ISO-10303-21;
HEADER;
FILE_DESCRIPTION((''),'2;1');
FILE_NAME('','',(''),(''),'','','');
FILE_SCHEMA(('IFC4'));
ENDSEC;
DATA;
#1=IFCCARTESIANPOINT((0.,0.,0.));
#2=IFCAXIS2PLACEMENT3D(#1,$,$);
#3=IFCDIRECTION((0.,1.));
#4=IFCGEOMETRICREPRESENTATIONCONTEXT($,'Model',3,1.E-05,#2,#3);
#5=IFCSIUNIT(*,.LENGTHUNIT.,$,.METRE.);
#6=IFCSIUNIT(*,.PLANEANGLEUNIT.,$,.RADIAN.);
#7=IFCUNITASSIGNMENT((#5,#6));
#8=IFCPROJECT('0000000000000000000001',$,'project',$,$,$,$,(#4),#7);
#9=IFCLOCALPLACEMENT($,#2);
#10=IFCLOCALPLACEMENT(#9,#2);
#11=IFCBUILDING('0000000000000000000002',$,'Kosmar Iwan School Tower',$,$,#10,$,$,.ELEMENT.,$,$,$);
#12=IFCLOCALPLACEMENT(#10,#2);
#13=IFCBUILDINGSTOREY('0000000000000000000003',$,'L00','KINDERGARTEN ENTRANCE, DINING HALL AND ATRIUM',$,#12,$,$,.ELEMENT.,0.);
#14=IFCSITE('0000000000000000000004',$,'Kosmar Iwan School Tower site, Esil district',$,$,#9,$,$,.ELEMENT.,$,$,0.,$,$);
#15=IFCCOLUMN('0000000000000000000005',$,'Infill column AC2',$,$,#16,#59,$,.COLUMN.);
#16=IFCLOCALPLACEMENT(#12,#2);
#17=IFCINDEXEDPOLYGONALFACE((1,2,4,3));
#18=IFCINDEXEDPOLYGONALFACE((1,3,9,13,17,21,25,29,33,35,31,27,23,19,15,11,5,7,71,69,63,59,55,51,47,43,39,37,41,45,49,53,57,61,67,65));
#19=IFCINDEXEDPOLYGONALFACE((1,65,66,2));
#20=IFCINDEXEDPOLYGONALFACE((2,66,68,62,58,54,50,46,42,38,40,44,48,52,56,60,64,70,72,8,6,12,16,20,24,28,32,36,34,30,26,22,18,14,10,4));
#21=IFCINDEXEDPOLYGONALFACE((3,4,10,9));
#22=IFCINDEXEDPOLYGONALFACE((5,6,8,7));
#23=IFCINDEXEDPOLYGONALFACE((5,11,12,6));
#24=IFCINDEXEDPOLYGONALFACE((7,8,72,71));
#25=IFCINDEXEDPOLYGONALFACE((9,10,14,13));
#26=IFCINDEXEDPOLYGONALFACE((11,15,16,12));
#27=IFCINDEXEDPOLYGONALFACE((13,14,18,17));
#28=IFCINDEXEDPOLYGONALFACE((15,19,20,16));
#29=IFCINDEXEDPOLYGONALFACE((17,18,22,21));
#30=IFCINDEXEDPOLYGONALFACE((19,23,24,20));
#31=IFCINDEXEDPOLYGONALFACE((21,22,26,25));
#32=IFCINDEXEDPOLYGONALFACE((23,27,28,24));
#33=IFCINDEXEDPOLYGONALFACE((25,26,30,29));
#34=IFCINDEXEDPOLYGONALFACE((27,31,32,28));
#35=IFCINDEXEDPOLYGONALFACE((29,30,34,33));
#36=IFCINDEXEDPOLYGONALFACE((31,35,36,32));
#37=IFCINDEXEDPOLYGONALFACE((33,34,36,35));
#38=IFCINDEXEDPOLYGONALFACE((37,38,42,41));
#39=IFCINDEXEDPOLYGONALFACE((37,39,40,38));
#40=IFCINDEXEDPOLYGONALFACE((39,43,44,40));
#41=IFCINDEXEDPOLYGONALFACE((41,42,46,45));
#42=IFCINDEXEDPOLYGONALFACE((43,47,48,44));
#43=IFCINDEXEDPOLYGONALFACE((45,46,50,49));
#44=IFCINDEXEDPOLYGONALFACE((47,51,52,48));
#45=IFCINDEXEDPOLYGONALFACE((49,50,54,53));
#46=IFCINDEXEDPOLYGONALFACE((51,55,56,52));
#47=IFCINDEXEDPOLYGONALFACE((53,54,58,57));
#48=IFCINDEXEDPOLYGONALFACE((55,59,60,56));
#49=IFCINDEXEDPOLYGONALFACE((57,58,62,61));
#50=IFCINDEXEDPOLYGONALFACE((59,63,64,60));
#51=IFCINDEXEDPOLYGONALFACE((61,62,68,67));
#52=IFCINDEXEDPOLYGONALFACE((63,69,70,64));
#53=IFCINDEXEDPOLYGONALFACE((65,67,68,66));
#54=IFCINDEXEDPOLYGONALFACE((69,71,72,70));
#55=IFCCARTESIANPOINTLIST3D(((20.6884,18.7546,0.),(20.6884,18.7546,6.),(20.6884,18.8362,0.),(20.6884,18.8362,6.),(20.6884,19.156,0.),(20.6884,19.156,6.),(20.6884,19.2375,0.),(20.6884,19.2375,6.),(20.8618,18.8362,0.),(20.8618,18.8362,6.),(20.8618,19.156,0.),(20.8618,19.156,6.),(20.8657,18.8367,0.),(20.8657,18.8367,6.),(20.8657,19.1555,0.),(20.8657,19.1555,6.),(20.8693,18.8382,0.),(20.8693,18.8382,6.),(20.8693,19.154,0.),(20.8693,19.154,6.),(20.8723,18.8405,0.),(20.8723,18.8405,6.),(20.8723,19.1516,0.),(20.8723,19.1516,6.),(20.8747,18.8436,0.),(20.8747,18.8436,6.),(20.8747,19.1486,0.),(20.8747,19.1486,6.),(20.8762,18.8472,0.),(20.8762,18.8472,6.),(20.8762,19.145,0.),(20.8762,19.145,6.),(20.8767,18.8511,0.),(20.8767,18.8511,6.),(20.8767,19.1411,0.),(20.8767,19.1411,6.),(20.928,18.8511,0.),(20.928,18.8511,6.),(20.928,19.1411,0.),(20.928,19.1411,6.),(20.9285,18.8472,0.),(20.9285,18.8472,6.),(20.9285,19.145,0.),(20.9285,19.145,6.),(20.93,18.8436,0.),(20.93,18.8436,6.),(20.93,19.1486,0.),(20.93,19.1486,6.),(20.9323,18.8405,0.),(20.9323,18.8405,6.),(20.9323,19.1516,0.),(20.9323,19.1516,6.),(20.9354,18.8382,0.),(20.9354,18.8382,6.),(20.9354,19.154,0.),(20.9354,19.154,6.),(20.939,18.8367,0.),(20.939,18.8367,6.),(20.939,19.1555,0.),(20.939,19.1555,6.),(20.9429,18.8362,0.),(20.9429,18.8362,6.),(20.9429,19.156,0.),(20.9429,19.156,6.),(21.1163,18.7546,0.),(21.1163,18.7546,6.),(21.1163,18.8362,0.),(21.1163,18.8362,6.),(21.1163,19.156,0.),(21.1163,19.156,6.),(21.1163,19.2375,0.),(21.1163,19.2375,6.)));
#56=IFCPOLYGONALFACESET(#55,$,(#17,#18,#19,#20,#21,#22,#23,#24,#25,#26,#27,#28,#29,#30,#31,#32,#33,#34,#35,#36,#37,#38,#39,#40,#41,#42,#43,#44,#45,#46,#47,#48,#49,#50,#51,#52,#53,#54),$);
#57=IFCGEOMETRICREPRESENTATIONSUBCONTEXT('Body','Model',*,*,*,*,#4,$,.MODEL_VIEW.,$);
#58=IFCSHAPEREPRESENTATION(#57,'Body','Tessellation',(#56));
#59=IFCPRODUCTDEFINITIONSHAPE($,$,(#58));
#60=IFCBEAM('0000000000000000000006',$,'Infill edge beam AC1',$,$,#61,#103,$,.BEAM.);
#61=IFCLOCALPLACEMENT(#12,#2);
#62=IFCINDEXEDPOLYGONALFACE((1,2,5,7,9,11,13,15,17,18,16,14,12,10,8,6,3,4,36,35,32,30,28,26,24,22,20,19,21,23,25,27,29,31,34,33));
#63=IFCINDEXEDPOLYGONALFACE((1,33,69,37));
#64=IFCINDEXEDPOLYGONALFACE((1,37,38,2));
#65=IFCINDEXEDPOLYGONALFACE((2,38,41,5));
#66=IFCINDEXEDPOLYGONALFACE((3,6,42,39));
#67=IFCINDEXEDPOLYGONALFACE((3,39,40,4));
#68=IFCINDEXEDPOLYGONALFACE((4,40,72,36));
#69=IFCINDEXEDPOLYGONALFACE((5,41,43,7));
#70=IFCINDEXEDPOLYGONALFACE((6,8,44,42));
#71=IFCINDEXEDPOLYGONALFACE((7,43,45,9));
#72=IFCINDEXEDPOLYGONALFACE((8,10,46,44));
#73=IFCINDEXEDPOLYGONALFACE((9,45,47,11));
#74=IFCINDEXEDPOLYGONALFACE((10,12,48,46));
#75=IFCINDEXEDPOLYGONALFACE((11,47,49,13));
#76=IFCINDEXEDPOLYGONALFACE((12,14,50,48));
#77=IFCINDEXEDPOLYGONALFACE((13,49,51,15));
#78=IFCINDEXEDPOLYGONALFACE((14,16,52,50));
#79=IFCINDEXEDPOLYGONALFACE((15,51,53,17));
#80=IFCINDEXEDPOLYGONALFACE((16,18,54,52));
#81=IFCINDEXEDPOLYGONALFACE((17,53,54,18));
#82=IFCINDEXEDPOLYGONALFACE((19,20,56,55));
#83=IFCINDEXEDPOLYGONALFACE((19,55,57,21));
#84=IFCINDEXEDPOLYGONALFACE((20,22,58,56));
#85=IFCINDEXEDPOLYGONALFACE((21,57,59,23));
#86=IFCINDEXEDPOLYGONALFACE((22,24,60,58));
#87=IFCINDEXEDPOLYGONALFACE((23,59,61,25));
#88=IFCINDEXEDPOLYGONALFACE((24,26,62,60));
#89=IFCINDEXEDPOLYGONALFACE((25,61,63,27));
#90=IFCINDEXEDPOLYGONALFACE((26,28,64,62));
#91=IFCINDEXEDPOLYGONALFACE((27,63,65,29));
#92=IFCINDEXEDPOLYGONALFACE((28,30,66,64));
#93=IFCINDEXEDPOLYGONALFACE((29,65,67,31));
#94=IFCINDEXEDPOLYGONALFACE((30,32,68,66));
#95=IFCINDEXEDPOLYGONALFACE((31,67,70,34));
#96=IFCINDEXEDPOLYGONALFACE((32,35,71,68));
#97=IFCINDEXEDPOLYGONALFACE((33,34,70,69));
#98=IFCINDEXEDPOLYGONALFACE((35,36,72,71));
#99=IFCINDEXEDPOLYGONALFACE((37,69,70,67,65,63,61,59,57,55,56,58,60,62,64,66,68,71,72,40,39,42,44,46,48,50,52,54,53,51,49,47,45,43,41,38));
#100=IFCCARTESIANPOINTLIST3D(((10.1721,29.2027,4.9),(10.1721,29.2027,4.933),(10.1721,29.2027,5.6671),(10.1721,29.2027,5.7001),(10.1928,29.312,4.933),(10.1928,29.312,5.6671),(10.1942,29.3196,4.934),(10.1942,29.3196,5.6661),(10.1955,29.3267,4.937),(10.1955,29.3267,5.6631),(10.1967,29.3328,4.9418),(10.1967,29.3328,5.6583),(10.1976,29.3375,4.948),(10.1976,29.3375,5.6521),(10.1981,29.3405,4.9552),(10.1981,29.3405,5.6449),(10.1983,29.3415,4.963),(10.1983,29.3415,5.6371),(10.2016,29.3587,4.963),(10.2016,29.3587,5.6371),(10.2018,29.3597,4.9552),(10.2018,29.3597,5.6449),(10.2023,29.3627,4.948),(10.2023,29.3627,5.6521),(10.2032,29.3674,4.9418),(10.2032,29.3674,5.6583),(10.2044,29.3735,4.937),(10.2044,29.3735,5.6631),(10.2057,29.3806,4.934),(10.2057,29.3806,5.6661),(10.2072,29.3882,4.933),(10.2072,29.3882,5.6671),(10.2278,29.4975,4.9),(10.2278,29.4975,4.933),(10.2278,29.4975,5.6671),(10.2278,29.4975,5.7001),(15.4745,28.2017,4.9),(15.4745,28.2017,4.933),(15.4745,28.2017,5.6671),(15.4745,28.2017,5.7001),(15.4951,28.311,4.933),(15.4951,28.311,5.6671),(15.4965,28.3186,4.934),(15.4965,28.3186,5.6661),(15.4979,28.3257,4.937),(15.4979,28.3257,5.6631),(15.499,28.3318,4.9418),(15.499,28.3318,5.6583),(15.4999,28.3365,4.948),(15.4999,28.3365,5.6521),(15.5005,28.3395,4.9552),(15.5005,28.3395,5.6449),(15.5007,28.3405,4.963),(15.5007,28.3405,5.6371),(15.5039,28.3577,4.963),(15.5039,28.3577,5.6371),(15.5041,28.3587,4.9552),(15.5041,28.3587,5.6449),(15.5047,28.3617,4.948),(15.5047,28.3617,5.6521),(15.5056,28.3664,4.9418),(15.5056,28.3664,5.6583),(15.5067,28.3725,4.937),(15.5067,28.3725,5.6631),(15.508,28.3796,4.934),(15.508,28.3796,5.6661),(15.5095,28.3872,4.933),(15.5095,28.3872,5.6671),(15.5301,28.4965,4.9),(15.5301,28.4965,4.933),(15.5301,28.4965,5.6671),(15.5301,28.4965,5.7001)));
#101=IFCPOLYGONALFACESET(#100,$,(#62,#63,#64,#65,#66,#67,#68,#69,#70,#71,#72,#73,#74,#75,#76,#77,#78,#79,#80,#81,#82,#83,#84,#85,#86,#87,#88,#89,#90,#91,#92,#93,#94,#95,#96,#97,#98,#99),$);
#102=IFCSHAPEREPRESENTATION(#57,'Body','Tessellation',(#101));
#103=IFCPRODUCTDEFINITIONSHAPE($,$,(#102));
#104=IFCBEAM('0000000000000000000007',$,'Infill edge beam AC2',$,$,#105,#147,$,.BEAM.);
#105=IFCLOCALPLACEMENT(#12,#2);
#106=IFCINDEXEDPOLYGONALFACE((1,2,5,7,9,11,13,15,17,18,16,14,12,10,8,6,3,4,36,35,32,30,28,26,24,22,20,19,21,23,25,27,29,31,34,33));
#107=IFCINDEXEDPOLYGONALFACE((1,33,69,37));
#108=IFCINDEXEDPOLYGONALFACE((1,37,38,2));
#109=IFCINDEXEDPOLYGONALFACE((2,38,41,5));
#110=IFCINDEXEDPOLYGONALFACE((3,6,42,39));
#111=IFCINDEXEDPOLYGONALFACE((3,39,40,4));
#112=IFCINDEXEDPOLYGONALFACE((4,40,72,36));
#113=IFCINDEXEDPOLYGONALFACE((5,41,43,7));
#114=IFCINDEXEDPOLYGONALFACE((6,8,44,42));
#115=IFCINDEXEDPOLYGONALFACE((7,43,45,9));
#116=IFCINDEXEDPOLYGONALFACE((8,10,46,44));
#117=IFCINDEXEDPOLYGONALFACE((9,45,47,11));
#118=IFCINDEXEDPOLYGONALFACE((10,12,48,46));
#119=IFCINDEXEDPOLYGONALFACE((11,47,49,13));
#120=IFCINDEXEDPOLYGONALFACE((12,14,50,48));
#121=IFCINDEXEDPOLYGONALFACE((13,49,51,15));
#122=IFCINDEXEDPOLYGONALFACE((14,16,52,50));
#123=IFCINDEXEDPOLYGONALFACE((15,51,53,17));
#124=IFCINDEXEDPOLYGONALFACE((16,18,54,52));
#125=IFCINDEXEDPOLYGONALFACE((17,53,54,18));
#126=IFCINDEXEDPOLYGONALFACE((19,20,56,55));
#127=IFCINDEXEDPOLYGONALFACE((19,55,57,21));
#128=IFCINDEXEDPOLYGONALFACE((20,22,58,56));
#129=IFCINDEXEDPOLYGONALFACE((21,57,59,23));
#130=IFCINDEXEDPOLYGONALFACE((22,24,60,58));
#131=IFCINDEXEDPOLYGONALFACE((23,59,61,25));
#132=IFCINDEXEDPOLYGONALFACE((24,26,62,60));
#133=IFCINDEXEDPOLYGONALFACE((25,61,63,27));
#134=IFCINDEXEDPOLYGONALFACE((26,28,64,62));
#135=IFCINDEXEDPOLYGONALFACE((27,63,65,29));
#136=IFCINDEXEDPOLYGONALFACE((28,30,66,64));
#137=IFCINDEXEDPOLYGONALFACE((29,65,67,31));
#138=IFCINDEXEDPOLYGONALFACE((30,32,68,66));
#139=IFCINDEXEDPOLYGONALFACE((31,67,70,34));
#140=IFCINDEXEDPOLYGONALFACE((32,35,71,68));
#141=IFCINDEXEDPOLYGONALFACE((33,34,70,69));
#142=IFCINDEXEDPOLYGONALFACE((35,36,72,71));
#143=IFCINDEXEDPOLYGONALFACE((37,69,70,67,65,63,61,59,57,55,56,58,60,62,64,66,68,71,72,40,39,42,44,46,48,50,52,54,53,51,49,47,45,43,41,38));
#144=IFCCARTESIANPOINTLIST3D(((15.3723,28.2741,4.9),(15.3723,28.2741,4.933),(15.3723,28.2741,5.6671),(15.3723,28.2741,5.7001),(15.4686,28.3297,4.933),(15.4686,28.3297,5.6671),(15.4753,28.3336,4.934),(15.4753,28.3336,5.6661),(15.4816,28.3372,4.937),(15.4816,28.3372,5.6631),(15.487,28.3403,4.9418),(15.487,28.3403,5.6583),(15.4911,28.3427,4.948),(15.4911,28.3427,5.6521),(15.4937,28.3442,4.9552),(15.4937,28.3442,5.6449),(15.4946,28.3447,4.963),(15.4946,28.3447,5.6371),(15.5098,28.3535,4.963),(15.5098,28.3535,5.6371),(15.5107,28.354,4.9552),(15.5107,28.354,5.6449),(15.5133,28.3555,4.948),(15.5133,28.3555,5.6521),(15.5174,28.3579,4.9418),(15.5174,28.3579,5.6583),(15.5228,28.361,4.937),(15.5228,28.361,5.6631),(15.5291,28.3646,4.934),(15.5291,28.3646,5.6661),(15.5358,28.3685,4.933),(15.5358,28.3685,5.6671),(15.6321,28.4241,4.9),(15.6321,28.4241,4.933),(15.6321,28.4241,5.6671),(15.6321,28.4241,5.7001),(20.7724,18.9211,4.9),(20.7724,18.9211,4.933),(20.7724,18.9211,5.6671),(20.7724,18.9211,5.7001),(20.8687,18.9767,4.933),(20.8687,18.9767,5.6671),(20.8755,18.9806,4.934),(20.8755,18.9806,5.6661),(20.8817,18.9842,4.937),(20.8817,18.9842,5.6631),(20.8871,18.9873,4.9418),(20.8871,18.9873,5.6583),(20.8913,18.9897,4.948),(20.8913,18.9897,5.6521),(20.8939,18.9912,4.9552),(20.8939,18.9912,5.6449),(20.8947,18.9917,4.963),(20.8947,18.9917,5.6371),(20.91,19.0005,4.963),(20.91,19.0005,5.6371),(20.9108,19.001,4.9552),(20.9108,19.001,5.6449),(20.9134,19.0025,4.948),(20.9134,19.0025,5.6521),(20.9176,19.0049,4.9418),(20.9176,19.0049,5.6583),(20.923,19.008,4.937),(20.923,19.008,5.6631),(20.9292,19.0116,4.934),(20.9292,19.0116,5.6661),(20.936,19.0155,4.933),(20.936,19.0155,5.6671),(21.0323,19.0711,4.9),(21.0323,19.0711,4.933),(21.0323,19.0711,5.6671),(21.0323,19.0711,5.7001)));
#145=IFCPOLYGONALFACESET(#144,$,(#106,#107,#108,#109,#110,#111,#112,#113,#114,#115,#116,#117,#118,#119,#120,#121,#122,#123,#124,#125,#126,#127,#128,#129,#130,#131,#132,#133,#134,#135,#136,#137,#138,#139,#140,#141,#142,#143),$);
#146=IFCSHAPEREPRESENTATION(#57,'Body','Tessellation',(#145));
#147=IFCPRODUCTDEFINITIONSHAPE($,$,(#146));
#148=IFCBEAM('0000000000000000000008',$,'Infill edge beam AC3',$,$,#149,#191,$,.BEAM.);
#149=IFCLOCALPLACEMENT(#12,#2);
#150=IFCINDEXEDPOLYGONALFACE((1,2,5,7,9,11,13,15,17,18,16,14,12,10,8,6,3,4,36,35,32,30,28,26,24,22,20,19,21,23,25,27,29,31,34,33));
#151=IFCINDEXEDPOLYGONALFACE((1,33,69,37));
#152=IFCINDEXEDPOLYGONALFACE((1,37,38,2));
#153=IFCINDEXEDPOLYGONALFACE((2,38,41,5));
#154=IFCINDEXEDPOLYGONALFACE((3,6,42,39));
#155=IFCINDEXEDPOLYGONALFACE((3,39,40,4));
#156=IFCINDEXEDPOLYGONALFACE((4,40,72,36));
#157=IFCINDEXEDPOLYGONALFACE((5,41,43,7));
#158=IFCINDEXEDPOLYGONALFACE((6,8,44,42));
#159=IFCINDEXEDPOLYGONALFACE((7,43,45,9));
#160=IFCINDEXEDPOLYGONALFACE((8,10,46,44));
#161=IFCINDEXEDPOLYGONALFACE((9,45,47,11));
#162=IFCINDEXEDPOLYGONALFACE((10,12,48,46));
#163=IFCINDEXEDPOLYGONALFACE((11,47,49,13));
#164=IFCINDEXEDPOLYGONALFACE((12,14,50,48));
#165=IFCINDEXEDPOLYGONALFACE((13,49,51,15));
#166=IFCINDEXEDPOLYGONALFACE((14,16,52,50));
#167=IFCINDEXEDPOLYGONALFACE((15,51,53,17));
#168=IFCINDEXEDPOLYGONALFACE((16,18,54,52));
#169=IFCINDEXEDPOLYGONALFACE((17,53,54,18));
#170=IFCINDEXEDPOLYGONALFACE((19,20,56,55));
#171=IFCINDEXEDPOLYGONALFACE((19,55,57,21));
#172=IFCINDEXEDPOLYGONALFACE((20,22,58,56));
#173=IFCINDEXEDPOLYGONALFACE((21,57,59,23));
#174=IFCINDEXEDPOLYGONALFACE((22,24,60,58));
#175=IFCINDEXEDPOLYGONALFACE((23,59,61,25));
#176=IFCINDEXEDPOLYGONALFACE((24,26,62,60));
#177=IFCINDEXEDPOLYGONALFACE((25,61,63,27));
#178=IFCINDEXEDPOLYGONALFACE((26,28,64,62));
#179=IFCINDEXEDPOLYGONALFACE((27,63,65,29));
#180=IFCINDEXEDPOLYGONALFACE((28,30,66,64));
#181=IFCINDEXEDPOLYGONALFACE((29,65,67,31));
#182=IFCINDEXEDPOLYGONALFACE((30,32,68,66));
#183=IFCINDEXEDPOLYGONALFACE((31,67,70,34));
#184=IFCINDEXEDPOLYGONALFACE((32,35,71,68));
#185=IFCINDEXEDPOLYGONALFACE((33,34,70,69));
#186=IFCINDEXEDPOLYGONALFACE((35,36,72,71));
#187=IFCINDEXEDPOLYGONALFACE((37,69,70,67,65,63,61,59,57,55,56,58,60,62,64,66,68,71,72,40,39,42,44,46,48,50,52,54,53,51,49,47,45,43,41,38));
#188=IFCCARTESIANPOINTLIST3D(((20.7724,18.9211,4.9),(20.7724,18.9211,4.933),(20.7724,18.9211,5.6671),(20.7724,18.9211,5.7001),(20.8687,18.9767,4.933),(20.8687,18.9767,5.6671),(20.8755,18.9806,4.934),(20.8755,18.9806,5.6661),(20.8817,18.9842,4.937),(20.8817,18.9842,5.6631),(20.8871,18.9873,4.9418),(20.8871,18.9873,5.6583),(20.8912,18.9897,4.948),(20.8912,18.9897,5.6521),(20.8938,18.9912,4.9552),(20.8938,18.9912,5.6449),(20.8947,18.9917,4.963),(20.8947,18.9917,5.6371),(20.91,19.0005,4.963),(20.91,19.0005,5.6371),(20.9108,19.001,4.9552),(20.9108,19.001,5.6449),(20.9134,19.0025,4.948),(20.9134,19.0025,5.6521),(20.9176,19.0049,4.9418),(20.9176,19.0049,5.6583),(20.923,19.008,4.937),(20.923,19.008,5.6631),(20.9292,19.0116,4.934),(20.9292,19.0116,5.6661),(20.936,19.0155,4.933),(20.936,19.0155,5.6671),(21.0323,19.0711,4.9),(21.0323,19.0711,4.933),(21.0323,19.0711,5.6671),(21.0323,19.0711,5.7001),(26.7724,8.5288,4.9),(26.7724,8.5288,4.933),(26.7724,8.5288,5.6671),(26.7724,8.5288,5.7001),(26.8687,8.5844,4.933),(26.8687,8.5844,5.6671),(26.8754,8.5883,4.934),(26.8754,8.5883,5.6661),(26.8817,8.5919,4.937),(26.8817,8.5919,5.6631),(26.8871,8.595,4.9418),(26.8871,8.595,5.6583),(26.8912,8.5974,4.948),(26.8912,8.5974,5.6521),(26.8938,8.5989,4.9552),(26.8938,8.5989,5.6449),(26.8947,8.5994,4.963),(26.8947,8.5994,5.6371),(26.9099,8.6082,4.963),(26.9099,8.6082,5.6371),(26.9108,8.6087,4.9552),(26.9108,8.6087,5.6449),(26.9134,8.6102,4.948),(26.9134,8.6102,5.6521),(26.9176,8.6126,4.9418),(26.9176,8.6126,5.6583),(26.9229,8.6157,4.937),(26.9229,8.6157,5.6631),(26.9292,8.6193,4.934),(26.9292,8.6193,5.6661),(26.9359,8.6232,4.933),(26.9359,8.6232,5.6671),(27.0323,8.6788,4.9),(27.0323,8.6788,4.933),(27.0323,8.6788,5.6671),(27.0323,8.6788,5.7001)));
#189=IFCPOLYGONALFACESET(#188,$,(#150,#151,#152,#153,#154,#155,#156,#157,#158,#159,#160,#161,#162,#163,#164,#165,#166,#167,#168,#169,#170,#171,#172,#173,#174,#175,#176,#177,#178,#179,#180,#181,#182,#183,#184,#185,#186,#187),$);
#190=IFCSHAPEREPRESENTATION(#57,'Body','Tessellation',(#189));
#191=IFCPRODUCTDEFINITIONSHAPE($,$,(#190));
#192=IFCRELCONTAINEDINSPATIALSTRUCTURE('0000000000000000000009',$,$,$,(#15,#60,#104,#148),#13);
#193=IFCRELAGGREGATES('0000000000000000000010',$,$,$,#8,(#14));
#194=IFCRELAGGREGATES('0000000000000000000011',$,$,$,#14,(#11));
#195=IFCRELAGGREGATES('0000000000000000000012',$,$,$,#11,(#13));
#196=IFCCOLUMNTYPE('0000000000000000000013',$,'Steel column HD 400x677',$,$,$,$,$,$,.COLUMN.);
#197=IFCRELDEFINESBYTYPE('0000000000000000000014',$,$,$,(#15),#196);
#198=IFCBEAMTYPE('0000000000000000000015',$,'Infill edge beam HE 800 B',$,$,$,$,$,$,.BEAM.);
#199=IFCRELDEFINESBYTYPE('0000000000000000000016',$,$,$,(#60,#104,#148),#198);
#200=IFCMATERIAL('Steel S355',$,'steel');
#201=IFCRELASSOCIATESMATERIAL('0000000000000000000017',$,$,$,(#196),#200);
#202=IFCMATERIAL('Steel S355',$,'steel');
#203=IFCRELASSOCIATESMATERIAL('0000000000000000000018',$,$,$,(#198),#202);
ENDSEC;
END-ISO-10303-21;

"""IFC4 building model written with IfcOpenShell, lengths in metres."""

from ifc_helpers import new_model, si_unit, direction, frame, origin, origin_2d, place, context, subcontext, project, spatial, i_section, extrude, material, material_profile, profile_set, type_object, element, save


model = new_model("IFC4")

# Units and contexts
model_context = context("Model", 3, precision=1e-05, world=origin(), true_north=direction((0.0, 1.0)))
body_context = subcontext(model_context, "Body", "Model", "MODEL_VIEW")
ifc_project = project(units=[si_unit("LENGTHUNIT", "METRE"), si_unit("PLANEANGLEUNIT", "RADIAN")], contexts=[model_context])

# Site, building, storey
site_placement = place(None, origin())
site = spatial("IfcSite", under=ifc_project, at=site_placement, Name="Kosmar Iwan School Tower site, Esil district", CompositionType="ELEMENT", RefElevation=0.0)
building_placement = place(site_placement, origin())
building = spatial("IfcBuilding", under=site, at=building_placement, Name="Kosmar Iwan School Tower", CompositionType="ELEMENT")
storey_placement = place(building_placement, origin())
storey = spatial("IfcBuildingStorey", under=building, at=storey_placement, Name="L00", Description="KINDERGARTEN ENTRANCE, DINING HALL AND ATRIUM", CompositionType="ELEMENT", Elevation=0.0)

# Column
ifc_material_1 = material(Name="Steel S355", Category="steel")
ifc_material_profile_1 = material_profile(ifc_material_1, i_section(OverallWidth=0.428, OverallDepth=0.4829, WebThickness=0.0513, FlangeThickness=0.0815, FilletRadius=0.0149, at=origin_2d()), Name="HD 400x677")
ifc_profile_set_1 = profile_set([ifc_material_profile_1], Name="Steel S355")
column_type_1 = type_object("IfcColumnType", Name="Steel column HD 400x677", PredefinedType="COLUMN", material=ifc_profile_set_1)
for number, where, z_axis, x_axis, name in (
    (1, (20.9023, 18.9961, 0.0), (0.0, 0.0, 1.0), (1.0, 0.0, 0.0), "Infill column AC2"),
):
    element("IfcColumn", number, at=place(storey_placement, frame(where, z_axis=z_axis, x_axis=x_axis)), inside=storey, type_object=column_type_1, Name=name, PredefinedType="COLUMN", context=body_context, shape_type="SweptSolid", body=[
        extrude(i_section(OverallWidth=0.428, OverallDepth=0.4829, WebThickness=0.0513, FlangeThickness=0.0815, FilletRadius=0.0149, at=origin_2d()), origin(), (0.0, 0.0, 1.0), 6.0),
    ])

# Beams
ifc_material_2 = material(Name="Steel S355", Category="steel")
ifc_material_profile_2 = material_profile(ifc_material_2, i_section(OverallWidth=0.3, OverallDepth=0.8, WebThickness=0.0176, FlangeThickness=0.033, FilletRadius=0.03, at=origin_2d()), Name="HE 800 B")
ifc_profile_set_2 = profile_set([ifc_material_profile_2], Name="Steel S355")
beam_type_1 = type_object("IfcBeamType", Name="Infill edge beam HE 800 B", PredefinedType="BEAM", material=ifc_profile_set_2)
beam_1_placement = place(storey_placement, frame((10.2, 29.3501, 5.3), z_axis=(0.982643, -0.185507, 0.0), x_axis=(0.185507, 0.982643, 0.0)))
element("IfcBeam", 2, at=beam_1_placement, inside=storey, type_object=beam_type_1, Name="Infill edge beam AC1", PredefinedType="BEAM", context=body_context, shape_type="SweptSolid", body=[
    extrude(i_section(OverallWidth=0.3, OverallDepth=0.8, WebThickness=0.0176, FlangeThickness=0.033, FilletRadius=0.03, at=origin_2d()), origin(), (0.0, 0.0, 1.0), 5.396),
])
beam_2_placement = place(storey_placement, frame((15.5022, 28.3491, 5.3), z_axis=(0.500012, -0.866018, 0.0), x_axis=(0.866018, 0.500012, 0.0)))
element("IfcBeam", 3, at=beam_2_placement, inside=storey, type_object=beam_type_1, Name="Infill edge beam AC2", PredefinedType="BEAM", context=body_context, shape_type="SweptSolid", body=[
    extrude(i_section(OverallWidth=0.3, OverallDepth=0.8, WebThickness=0.0176, FlangeThickness=0.033, FilletRadius=0.03, at=origin_2d()), origin(), (0.0, 0.0, 1.0), 10.8),
])
beam_3_placement = place(storey_placement, frame((20.9023, 18.9961, 5.3), z_axis=(0.499999, -0.866026, 0.0), x_axis=(0.866026, 0.499999, 0.0)))
element("IfcBeam", 4, at=beam_3_placement, inside=storey, type_object=beam_type_1, Name="Infill edge beam AC3", PredefinedType="BEAM", context=body_context, shape_type="SweptSolid", body=[
    extrude(i_section(OverallWidth=0.3, OverallDepth=0.8, WebThickness=0.0176, FlangeThickness=0.033, FilletRadius=0.03, at=origin_2d()), origin(), (0.0, 0.0, 1.0), 12.0),
])

save(model, "model.ifc")
